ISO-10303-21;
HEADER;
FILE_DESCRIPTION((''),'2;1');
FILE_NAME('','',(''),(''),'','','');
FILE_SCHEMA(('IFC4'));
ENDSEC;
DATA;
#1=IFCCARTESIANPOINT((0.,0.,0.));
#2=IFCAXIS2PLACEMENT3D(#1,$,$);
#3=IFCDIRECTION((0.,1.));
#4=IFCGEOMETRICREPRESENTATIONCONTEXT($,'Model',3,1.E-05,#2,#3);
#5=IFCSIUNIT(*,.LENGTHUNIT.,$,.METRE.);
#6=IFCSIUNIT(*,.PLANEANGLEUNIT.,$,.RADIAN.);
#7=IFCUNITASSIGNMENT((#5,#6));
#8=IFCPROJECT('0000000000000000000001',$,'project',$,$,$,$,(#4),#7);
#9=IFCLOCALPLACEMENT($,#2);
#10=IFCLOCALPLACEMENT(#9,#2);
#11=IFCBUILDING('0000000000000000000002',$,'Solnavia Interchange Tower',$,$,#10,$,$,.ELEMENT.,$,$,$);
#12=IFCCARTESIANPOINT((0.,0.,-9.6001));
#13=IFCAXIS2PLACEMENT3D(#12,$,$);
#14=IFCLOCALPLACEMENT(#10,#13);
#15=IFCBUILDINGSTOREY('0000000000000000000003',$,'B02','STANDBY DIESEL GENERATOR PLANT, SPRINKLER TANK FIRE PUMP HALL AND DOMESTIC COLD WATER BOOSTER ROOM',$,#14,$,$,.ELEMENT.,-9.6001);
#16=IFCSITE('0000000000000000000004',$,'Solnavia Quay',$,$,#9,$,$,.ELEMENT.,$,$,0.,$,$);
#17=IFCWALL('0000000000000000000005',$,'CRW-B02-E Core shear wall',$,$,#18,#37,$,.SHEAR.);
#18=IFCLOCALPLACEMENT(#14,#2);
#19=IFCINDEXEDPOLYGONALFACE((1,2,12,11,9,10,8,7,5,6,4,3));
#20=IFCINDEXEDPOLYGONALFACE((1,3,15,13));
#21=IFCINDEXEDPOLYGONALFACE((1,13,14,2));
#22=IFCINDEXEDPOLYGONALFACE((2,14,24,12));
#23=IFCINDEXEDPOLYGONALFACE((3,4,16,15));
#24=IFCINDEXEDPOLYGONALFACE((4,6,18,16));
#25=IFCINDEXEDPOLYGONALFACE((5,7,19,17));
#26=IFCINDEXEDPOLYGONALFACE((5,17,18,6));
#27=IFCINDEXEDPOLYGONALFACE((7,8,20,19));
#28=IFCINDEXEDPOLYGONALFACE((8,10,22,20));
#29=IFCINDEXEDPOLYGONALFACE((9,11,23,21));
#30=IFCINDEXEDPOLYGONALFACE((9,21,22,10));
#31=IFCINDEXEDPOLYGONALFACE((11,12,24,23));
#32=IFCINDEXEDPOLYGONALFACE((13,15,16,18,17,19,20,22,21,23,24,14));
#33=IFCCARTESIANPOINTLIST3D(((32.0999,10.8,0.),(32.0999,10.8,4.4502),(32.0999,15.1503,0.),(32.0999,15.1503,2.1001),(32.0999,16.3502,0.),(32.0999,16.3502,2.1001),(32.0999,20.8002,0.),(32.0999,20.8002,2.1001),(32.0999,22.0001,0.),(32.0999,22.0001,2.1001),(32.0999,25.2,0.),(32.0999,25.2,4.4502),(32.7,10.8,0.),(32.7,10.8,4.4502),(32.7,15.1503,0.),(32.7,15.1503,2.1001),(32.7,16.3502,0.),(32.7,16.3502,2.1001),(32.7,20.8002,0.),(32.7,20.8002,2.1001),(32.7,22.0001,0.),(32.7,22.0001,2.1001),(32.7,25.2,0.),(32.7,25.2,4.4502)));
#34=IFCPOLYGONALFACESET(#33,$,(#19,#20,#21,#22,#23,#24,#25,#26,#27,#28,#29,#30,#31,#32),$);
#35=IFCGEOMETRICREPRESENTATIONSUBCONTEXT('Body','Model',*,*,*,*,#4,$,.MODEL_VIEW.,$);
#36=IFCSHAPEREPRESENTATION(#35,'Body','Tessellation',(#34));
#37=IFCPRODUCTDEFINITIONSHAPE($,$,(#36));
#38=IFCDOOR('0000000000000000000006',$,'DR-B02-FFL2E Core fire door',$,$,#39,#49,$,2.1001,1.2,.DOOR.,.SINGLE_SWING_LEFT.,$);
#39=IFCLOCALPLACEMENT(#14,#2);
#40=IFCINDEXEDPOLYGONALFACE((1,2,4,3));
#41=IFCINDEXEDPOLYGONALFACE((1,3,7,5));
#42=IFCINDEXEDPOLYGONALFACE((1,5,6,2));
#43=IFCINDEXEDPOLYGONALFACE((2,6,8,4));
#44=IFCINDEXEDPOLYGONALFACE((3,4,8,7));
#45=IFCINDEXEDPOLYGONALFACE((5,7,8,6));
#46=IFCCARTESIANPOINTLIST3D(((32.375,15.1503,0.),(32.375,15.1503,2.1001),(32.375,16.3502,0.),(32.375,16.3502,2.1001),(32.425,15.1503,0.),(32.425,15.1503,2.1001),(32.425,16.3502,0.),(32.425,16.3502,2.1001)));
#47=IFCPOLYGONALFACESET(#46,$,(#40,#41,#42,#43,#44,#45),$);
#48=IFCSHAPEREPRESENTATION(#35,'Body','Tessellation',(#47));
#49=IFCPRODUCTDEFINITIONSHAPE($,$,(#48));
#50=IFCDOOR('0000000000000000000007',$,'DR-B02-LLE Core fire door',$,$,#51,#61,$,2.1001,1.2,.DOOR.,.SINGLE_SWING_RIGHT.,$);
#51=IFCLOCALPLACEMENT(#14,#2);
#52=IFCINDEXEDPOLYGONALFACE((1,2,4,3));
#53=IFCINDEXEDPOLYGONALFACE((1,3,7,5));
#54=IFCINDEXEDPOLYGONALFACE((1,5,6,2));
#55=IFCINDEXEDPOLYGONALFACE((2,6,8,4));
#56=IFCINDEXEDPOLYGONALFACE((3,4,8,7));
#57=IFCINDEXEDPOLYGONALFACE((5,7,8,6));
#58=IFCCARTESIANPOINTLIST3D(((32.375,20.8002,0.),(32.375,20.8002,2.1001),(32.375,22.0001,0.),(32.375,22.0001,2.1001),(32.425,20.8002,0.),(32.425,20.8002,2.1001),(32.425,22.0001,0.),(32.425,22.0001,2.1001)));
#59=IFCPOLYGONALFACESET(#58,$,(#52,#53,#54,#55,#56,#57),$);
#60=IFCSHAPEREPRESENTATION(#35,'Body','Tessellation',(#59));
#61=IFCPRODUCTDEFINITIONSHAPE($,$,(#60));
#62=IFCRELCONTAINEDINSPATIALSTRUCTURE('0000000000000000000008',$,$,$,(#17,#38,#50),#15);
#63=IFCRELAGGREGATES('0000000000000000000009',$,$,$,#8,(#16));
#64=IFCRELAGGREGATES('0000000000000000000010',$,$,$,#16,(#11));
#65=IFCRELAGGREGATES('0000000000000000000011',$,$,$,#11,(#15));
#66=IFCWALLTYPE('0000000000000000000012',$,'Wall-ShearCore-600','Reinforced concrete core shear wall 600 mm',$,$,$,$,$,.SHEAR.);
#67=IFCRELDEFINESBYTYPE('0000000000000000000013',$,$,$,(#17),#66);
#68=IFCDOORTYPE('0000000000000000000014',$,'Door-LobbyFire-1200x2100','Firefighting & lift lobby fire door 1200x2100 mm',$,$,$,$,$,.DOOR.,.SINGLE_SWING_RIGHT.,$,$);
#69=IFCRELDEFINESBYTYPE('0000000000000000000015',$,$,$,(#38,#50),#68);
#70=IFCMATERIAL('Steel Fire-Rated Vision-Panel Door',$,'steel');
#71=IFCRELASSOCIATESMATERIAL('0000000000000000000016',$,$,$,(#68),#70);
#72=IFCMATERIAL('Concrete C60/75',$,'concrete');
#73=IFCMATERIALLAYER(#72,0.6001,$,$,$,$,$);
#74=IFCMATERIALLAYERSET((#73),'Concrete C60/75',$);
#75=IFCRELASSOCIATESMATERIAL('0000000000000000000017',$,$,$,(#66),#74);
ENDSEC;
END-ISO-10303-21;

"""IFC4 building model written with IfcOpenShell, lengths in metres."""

from ifc_helpers import new_model, si_unit, direction, frame, frame_2d, origin, place, context, subcontext, project, spatial, rectangle, extrude, material, layer, layer_set, type_object, element, fill, save


model = new_model("IFC4")

# Units and contexts
model_context = context("Model", 3, precision=1e-05, world=origin(), true_north=direction((0.0, 1.0)))
body_context = subcontext(model_context, "Body", "Model", "MODEL_VIEW")
ifc_project = project(units=[si_unit("LENGTHUNIT", "METRE"), si_unit("PLANEANGLEUNIT", "RADIAN")], contexts=[model_context])

# Site, building, storey
site_placement = place(None, origin())
site = spatial("IfcSite", under=ifc_project, at=site_placement, Name="Solnavia Quay", CompositionType="ELEMENT", RefElevation=0.0)
building_placement = place(site_placement, origin())
building = spatial("IfcBuilding", under=site, at=building_placement, Name="Solnavia Interchange Tower", CompositionType="ELEMENT")
storey_placement = place(building_placement, frame((0.0, 0.0, -9.6001)))
storey = spatial("IfcBuildingStorey", under=building, at=storey_placement, Name="B02", Description="STANDBY DIESEL GENERATOR PLANT, SPRINKLER TANK FIRE PUMP HALL AND DOMESTIC COLD WATER BOOSTER ROOM", CompositionType="ELEMENT", Elevation=-9.6001)

# Shared definitions
ifc_material_1 = material(Name="Concrete C60/75", Category="concrete")

# Shared definitions
ifc_material_2 = material(Name="Steel Fire-Rated Vision-Panel Door", Category="steel")
door_type_1 = type_object("IfcDoorType", Name="Door-LobbyFire-1200x2100", Description="Firefighting & lift lobby fire door 1200x2100 mm", OperationType="SINGLE_SWING_RIGHT", PredefinedType="DOOR", material=ifc_material_2)

# Wall, openings, doors
ifc_layer_1 = layer(ifc_material_1, 0.6001)
ifc_layer_set_1 = layer_set([ifc_layer_1], Name="Concrete C60/75")
wall_type_1 = type_object("IfcWallType", Name="Wall-ShearCore-600", Description="Reinforced concrete core shear wall 600 mm", PredefinedType="SHEAR", material=ifc_layer_set_1)
wall_1_placement = place(storey_placement, frame((32.3999, 10.8, 0.0), z_axis=(0.0, 0.0, 1.0), x_axis=(0.0, 1.0, 0.0)))
wall_1 = element("IfcWall", 1, at=wall_1_placement, inside=storey, type_object=wall_type_1, Name="CRW-B02-E Core shear wall", PredefinedType="SHEAR", context=body_context, shape_type="SweptSolid", body=[
    extrude(rectangle(XDim=14.3999, YDim=0.6001, at=frame_2d((7.2, 0.0))), origin(), (0.0, 0.0, 1.0), 4.4502),
])
opening_1_placement = place(wall_1_placement, frame((4.3501, 0.0, 0.0)))
opening_1 = element("IfcOpeningElement", 2, at=opening_1_placement, cuts=wall_1, PredefinedType="OPENING", context=body_context, shape_type="SweptSolid", body=[
    extrude(rectangle(XDim=1.2, YDim=2.1001, at=frame_2d((0.6001, 1.05))), frame((0.0, 0.3101, 0.0), z_axis=(0.0, -1.0, 0.0), x_axis=(1.0, 0.0, 0.0)), (0.0, 0.0, 1.0), 0.6201),
])
opening_2_placement = place(wall_1_placement, frame((10.0, 0.0, 0.0)))
opening_2 = element("IfcOpeningElement", 3, at=opening_2_placement, cuts=wall_1, PredefinedType="OPENING", context=body_context, shape_type="SweptSolid", body=[
    extrude(rectangle(XDim=1.2, YDim=2.1001, at=frame_2d((0.6001, 1.05))), frame((0.0, 0.3101, 0.0), z_axis=(0.0, -1.0, 0.0), x_axis=(1.0, 0.0, 0.0)), (0.0, 0.0, 1.0), 0.6201),
])
door_1_placement = place(opening_1_placement, origin())
door_1 = element("IfcDoor", 4, at=door_1_placement, inside=storey, type_object=door_type_1, Name="DR-B02-FFL2E Core fire door", OperationType="SINGLE_SWING_LEFT", OverallHeight=2.1001, OverallWidth=1.2, PredefinedType="DOOR", context=body_context, shape_type="SweptSolid", body=[
    extrude(rectangle(XDim=1.2, YDim=2.1001, at=frame_2d((0.6001, 1.05))), frame((0.0, 0.0249, 0.0), z_axis=(0.0, -1.0, 0.0), x_axis=(1.0, 0.0, 0.0)), (0.0, 0.0, 1.0), 0.05),
])
fill(opening_1, door_1)
door_2_placement = place(opening_2_placement, origin())
door_2 = element("IfcDoor", 5, at=door_2_placement, inside=storey, type_object=door_type_1, Name="DR-B02-LLE Core fire door", OperationType="SINGLE_SWING_RIGHT", OverallHeight=2.1001, OverallWidth=1.2, PredefinedType="DOOR", context=body_context, shape_type="SweptSolid", body=[
    extrude(rectangle(XDim=1.2, YDim=2.1001, at=frame_2d((0.6001, 1.05))), frame((0.0, 0.0249, 0.0), z_axis=(0.0, -1.0, 0.0), x_axis=(1.0, 0.0, 0.0)), (0.0, 0.0, 1.0), 0.05),
])
fill(opening_2, door_2)

save(model, "model.ifc")
